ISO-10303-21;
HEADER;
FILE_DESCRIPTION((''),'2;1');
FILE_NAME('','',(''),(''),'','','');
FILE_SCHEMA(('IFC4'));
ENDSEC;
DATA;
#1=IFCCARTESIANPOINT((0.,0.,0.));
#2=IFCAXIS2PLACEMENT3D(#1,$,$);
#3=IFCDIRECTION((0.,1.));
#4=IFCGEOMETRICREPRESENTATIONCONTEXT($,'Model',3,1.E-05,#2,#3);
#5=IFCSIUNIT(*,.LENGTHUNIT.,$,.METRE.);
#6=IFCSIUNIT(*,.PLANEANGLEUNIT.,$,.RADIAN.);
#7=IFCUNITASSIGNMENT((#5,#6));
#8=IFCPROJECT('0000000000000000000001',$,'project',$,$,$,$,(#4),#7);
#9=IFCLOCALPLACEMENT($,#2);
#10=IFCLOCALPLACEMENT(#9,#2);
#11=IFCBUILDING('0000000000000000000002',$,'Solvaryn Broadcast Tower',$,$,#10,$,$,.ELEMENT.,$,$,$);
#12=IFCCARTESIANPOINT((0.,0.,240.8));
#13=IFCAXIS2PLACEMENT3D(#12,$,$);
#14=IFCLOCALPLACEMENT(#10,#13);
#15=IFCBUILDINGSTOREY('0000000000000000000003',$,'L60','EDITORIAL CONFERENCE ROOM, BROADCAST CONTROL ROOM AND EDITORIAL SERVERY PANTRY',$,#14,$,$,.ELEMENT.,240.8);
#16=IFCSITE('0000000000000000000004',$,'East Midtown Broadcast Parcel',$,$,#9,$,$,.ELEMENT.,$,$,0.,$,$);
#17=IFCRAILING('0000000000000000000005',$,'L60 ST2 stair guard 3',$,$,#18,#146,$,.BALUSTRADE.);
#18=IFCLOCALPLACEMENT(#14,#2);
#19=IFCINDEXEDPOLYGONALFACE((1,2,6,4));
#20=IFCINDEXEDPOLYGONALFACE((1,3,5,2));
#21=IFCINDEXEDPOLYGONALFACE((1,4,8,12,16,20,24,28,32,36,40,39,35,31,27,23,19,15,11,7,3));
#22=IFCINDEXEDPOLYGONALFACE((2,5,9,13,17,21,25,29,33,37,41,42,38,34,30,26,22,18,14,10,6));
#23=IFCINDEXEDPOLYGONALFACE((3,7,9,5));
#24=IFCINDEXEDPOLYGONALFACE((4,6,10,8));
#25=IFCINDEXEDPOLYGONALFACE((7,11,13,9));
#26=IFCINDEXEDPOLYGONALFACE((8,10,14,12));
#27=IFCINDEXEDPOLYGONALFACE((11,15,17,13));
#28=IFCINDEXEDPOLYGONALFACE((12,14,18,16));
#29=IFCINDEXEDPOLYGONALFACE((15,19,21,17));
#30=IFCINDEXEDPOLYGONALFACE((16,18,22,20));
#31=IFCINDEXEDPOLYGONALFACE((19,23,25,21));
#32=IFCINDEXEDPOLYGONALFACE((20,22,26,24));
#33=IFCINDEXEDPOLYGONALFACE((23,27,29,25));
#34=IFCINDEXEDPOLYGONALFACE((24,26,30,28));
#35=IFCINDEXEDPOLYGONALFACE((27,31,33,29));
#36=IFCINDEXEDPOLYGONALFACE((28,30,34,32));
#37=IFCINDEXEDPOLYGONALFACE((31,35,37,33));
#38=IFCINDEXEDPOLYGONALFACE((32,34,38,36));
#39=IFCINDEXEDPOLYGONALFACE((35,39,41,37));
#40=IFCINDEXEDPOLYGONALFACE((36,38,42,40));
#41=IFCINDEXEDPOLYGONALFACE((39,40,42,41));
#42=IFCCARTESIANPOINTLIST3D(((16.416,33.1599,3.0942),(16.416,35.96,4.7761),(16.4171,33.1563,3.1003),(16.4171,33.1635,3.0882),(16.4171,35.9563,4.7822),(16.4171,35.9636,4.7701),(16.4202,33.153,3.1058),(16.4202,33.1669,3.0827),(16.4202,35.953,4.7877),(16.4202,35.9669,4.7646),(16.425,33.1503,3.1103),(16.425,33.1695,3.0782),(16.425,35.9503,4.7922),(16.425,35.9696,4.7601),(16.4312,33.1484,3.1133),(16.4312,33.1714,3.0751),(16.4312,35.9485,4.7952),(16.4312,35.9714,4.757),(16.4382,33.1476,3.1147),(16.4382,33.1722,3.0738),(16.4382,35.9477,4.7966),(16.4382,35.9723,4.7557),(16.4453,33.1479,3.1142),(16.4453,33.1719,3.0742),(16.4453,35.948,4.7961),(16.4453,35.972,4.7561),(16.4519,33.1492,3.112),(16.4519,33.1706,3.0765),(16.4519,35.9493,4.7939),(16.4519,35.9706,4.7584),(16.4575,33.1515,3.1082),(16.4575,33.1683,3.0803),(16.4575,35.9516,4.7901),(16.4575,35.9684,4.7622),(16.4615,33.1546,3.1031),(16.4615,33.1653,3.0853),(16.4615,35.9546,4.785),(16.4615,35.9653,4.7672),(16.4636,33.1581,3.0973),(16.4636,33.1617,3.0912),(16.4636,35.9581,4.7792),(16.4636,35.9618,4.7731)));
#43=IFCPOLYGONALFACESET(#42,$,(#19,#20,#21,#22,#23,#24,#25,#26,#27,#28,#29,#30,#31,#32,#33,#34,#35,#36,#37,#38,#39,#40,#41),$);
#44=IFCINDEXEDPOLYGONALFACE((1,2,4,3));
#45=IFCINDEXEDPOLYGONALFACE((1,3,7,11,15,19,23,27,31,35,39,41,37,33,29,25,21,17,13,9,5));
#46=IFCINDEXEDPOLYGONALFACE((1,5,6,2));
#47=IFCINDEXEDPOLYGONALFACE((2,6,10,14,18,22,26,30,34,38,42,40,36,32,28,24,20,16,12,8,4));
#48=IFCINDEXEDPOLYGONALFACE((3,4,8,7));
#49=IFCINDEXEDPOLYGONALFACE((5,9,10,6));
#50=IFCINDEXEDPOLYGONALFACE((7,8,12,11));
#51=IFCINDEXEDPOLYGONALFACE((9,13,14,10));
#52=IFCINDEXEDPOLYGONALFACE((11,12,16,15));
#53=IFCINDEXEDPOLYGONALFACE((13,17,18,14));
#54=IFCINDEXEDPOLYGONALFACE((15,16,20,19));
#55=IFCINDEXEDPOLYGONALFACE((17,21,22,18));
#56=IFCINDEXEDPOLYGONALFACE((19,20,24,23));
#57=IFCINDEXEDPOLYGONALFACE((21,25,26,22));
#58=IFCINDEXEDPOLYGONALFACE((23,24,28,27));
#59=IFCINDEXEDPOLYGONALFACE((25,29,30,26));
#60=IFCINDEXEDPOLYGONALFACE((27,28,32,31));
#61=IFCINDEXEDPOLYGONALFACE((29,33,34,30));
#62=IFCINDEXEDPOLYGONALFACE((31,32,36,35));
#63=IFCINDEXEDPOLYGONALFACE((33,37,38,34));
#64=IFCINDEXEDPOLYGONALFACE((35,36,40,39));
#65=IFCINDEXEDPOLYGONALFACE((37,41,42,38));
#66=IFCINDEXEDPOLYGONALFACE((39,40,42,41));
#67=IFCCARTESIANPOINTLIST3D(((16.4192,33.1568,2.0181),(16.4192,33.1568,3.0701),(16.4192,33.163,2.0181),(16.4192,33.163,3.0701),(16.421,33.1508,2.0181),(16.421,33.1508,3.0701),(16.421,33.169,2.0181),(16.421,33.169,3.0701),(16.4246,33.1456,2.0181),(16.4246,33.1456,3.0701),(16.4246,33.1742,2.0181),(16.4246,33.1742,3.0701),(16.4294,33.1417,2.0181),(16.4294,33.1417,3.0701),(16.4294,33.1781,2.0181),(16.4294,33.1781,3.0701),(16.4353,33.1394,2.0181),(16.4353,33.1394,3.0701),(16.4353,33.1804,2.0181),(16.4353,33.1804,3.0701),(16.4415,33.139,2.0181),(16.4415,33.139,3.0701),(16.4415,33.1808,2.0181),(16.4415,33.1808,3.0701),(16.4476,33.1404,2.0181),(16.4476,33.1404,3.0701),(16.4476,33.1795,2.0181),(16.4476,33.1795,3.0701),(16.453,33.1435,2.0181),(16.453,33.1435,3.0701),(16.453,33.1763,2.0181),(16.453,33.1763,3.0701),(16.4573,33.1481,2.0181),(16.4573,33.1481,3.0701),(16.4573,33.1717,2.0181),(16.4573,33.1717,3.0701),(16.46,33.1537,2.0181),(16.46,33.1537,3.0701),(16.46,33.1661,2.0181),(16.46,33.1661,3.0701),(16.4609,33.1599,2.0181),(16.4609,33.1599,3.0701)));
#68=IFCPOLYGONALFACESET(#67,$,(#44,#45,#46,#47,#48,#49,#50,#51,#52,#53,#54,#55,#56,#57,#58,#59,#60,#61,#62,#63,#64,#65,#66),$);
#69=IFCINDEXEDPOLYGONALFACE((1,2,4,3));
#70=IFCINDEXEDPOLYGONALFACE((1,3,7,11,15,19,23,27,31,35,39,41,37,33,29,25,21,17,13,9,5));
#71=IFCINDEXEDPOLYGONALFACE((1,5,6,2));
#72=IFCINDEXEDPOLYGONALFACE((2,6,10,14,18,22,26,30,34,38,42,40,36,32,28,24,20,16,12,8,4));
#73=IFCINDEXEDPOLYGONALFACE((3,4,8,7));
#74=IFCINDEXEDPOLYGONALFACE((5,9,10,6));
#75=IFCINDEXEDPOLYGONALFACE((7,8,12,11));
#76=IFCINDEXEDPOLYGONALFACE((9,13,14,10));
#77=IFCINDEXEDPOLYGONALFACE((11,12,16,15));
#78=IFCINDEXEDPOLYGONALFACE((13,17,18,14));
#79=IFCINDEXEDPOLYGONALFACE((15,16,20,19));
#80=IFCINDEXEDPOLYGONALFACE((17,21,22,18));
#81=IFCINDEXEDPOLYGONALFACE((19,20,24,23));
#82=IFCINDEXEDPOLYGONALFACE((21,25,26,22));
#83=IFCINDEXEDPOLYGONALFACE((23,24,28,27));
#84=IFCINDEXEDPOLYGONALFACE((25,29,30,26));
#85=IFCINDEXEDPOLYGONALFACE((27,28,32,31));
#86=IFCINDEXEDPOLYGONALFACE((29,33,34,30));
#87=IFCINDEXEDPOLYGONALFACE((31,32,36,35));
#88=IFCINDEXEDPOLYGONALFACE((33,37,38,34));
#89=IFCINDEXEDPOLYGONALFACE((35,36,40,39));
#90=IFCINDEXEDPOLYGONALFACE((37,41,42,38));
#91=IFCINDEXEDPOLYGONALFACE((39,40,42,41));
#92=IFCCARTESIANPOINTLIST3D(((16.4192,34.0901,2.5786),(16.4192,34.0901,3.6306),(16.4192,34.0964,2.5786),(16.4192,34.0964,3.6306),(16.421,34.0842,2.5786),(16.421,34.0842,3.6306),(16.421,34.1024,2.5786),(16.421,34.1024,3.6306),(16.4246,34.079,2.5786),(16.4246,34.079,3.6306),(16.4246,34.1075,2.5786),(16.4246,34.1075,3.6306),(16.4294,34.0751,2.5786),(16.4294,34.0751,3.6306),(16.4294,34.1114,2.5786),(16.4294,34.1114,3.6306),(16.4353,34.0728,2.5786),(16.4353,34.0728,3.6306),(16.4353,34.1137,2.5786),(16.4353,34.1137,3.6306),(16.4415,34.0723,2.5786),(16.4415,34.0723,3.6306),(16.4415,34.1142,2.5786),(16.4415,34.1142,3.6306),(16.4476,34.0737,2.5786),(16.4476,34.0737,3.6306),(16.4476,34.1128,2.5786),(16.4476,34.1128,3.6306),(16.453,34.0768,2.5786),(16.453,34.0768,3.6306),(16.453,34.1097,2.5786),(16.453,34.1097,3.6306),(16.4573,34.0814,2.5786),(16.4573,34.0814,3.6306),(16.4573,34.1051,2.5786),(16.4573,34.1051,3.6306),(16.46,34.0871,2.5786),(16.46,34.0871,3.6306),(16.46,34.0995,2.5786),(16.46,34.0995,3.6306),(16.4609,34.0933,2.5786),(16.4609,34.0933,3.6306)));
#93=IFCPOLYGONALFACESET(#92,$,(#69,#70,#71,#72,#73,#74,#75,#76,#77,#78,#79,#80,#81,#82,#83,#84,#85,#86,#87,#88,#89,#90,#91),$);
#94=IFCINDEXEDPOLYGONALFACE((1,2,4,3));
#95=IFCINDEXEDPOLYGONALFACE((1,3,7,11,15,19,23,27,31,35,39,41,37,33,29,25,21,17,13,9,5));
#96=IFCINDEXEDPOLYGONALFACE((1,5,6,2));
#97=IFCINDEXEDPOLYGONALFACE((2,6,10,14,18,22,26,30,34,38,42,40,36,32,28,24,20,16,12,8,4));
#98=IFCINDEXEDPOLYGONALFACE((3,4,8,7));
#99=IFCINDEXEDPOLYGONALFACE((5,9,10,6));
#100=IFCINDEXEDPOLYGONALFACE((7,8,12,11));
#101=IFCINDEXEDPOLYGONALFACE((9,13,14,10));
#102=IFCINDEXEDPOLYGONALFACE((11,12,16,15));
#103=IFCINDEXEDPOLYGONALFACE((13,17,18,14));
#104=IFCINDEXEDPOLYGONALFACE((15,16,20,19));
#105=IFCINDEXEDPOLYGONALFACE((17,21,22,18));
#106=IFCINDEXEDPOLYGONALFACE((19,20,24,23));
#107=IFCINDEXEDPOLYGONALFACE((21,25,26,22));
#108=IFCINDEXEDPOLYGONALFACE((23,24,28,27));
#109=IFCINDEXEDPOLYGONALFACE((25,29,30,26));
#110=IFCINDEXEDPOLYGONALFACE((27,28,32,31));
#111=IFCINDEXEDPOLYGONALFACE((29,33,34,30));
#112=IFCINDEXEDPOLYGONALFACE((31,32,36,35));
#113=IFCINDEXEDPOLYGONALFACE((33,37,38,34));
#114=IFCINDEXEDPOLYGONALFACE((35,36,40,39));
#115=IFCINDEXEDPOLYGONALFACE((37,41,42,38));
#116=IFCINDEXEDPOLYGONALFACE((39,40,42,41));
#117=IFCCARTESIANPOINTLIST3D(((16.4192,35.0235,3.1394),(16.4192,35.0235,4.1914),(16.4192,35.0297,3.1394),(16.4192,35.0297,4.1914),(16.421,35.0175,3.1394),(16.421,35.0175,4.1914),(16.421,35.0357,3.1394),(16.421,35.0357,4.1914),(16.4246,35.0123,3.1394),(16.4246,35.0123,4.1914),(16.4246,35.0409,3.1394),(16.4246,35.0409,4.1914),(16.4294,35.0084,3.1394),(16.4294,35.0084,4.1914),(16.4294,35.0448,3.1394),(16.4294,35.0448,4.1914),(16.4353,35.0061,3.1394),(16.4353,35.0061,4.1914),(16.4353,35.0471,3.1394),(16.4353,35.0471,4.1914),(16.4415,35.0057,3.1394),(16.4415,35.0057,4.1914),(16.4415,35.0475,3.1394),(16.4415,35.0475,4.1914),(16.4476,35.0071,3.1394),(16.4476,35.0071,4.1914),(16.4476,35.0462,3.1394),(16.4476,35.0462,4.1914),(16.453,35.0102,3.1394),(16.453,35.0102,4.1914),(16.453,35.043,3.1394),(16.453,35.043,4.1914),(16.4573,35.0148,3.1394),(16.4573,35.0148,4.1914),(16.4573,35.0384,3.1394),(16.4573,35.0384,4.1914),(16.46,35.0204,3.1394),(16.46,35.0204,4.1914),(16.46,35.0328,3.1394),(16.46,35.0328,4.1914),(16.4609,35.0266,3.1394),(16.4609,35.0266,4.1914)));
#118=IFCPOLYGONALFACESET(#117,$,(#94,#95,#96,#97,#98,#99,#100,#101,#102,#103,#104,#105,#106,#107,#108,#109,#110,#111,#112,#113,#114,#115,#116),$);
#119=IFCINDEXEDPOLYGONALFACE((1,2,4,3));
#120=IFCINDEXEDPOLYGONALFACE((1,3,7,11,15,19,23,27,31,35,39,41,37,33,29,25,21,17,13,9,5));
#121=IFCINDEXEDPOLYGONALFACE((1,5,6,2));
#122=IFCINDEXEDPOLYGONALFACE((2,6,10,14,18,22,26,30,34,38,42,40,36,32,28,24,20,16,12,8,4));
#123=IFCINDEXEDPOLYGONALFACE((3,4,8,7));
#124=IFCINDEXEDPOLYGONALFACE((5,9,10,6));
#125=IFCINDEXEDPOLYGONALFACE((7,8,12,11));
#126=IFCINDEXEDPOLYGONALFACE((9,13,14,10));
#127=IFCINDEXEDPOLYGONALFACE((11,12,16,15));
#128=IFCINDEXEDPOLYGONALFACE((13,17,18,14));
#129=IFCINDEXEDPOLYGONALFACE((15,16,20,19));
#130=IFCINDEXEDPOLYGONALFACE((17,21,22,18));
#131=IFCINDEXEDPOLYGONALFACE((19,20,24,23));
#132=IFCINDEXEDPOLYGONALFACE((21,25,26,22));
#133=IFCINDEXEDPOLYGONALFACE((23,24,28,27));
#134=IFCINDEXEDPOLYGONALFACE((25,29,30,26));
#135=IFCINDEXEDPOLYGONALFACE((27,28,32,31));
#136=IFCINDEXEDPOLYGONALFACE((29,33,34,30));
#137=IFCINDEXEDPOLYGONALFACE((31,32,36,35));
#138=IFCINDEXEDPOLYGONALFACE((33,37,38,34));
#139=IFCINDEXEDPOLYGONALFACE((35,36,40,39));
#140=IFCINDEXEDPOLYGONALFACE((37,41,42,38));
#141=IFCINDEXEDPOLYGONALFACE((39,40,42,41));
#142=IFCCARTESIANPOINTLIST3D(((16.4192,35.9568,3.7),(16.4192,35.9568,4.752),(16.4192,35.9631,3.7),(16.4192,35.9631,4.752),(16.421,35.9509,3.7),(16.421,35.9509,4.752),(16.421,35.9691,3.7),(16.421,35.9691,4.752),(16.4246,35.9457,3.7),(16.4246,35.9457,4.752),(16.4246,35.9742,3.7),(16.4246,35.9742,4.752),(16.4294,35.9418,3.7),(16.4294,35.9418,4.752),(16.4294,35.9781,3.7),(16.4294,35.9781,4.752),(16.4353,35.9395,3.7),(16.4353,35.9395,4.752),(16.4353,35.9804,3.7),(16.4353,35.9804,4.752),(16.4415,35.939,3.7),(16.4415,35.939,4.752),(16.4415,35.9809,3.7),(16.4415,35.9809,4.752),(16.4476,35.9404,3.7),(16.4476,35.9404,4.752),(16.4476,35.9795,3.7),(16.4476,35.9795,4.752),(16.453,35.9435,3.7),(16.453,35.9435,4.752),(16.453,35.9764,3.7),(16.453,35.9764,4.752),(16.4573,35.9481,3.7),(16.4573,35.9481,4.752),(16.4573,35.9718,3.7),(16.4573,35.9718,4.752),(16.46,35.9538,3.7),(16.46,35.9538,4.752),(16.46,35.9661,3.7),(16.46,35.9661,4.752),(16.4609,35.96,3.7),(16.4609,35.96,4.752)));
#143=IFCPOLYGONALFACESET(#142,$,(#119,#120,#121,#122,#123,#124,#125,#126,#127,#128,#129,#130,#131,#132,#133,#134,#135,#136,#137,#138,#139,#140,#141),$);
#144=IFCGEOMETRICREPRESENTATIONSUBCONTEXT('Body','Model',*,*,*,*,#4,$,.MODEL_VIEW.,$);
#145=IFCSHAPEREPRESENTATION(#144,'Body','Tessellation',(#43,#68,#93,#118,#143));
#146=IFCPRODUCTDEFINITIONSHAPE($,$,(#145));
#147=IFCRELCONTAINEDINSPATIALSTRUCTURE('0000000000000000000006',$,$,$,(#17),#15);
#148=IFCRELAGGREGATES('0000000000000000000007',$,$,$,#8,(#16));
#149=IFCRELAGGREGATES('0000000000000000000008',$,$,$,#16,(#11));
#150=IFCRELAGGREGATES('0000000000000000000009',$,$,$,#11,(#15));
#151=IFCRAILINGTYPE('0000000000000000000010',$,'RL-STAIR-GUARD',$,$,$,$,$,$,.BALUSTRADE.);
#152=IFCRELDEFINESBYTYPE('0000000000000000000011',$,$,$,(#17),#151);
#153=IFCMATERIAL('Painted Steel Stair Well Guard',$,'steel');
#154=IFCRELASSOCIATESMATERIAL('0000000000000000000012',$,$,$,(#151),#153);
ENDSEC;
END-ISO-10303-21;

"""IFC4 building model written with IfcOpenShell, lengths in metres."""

from ifc_helpers import new_model, si_unit, direction, frame, origin, origin_2d, place, context, subcontext, project, spatial, circle, extrude, material, type_object, element, save


model = new_model("IFC4")

# Units and contexts
model_context = context("Model", 3, precision=1e-05, world=origin(), true_north=direction((0.0, 1.0)))
body_context = subcontext(model_context, "Body", "Model", "MODEL_VIEW")
ifc_project = project(units=[si_unit("LENGTHUNIT", "METRE"), si_unit("PLANEANGLEUNIT", "RADIAN")], contexts=[model_context])

# Site, building, storey
site_placement = place(None, origin())
site = spatial("IfcSite", under=ifc_project, at=site_placement, Name="East Midtown Broadcast Parcel", CompositionType="ELEMENT", RefElevation=0.0)
building_placement = place(site_placement, origin())
building = spatial("IfcBuilding", under=site, at=building_placement, Name="Solvaryn Broadcast Tower", CompositionType="ELEMENT")
storey_placement = place(building_placement, frame((0.0, 0.0, 240.8)))
storey = spatial("IfcBuildingStorey", under=building, at=storey_placement, Name="L60", Description="EDITORIAL CONFERENCE ROOM, BROADCAST CONTROL ROOM AND EDITORIAL SERVERY PANTRY", CompositionType="ELEMENT", Elevation=240.8)

# Railing
ifc_material_1 = material(Name="Painted Steel Stair Well Guard", Category="steel")
railing_type_1 = type_object("IfcRailingType", Name="RL-STAIR-GUARD", PredefinedType="BALUSTRADE", material=ifc_material_1)
railing_1_placement = place(storey_placement, frame((16.4399, 33.1599, 2.0181)))
element("IfcRailing", 1, at=railing_1_placement, inside=storey, type_object=railing_type_1, Name="L60 ST2 stair guard 3", PredefinedType="BALUSTRADE", context=body_context, shape_type="SweptSolid", body=[
    extrude(circle(Radius=0.0239, at=origin_2d()), frame((0.0, 0.0, 1.0762), z_axis=(0.0, 0.857242, 0.514913), x_axis=(-1.0, 0.0, 0.0)), (0.0, 0.0, 1.0), 3.2664),
    extrude(circle(Radius=0.021, at=origin_2d()), origin(), (0.0, 0.0, 1.0), 1.052),
    extrude(circle(Radius=0.021, at=origin_2d()), frame((0.0, 0.9333, 0.5605)), (0.0, 0.0, 1.0), 1.052),
    extrude(circle(Radius=0.021, at=origin_2d()), frame((0.0, 1.8667, 1.1213)), (0.0, 0.0, 1.0), 1.052),
    extrude(circle(Radius=0.021, at=origin_2d()), frame((0.0, 2.8, 1.6819)), (0.0, 0.0, 1.0), 1.052),
])

save(model, "model.ifc")
